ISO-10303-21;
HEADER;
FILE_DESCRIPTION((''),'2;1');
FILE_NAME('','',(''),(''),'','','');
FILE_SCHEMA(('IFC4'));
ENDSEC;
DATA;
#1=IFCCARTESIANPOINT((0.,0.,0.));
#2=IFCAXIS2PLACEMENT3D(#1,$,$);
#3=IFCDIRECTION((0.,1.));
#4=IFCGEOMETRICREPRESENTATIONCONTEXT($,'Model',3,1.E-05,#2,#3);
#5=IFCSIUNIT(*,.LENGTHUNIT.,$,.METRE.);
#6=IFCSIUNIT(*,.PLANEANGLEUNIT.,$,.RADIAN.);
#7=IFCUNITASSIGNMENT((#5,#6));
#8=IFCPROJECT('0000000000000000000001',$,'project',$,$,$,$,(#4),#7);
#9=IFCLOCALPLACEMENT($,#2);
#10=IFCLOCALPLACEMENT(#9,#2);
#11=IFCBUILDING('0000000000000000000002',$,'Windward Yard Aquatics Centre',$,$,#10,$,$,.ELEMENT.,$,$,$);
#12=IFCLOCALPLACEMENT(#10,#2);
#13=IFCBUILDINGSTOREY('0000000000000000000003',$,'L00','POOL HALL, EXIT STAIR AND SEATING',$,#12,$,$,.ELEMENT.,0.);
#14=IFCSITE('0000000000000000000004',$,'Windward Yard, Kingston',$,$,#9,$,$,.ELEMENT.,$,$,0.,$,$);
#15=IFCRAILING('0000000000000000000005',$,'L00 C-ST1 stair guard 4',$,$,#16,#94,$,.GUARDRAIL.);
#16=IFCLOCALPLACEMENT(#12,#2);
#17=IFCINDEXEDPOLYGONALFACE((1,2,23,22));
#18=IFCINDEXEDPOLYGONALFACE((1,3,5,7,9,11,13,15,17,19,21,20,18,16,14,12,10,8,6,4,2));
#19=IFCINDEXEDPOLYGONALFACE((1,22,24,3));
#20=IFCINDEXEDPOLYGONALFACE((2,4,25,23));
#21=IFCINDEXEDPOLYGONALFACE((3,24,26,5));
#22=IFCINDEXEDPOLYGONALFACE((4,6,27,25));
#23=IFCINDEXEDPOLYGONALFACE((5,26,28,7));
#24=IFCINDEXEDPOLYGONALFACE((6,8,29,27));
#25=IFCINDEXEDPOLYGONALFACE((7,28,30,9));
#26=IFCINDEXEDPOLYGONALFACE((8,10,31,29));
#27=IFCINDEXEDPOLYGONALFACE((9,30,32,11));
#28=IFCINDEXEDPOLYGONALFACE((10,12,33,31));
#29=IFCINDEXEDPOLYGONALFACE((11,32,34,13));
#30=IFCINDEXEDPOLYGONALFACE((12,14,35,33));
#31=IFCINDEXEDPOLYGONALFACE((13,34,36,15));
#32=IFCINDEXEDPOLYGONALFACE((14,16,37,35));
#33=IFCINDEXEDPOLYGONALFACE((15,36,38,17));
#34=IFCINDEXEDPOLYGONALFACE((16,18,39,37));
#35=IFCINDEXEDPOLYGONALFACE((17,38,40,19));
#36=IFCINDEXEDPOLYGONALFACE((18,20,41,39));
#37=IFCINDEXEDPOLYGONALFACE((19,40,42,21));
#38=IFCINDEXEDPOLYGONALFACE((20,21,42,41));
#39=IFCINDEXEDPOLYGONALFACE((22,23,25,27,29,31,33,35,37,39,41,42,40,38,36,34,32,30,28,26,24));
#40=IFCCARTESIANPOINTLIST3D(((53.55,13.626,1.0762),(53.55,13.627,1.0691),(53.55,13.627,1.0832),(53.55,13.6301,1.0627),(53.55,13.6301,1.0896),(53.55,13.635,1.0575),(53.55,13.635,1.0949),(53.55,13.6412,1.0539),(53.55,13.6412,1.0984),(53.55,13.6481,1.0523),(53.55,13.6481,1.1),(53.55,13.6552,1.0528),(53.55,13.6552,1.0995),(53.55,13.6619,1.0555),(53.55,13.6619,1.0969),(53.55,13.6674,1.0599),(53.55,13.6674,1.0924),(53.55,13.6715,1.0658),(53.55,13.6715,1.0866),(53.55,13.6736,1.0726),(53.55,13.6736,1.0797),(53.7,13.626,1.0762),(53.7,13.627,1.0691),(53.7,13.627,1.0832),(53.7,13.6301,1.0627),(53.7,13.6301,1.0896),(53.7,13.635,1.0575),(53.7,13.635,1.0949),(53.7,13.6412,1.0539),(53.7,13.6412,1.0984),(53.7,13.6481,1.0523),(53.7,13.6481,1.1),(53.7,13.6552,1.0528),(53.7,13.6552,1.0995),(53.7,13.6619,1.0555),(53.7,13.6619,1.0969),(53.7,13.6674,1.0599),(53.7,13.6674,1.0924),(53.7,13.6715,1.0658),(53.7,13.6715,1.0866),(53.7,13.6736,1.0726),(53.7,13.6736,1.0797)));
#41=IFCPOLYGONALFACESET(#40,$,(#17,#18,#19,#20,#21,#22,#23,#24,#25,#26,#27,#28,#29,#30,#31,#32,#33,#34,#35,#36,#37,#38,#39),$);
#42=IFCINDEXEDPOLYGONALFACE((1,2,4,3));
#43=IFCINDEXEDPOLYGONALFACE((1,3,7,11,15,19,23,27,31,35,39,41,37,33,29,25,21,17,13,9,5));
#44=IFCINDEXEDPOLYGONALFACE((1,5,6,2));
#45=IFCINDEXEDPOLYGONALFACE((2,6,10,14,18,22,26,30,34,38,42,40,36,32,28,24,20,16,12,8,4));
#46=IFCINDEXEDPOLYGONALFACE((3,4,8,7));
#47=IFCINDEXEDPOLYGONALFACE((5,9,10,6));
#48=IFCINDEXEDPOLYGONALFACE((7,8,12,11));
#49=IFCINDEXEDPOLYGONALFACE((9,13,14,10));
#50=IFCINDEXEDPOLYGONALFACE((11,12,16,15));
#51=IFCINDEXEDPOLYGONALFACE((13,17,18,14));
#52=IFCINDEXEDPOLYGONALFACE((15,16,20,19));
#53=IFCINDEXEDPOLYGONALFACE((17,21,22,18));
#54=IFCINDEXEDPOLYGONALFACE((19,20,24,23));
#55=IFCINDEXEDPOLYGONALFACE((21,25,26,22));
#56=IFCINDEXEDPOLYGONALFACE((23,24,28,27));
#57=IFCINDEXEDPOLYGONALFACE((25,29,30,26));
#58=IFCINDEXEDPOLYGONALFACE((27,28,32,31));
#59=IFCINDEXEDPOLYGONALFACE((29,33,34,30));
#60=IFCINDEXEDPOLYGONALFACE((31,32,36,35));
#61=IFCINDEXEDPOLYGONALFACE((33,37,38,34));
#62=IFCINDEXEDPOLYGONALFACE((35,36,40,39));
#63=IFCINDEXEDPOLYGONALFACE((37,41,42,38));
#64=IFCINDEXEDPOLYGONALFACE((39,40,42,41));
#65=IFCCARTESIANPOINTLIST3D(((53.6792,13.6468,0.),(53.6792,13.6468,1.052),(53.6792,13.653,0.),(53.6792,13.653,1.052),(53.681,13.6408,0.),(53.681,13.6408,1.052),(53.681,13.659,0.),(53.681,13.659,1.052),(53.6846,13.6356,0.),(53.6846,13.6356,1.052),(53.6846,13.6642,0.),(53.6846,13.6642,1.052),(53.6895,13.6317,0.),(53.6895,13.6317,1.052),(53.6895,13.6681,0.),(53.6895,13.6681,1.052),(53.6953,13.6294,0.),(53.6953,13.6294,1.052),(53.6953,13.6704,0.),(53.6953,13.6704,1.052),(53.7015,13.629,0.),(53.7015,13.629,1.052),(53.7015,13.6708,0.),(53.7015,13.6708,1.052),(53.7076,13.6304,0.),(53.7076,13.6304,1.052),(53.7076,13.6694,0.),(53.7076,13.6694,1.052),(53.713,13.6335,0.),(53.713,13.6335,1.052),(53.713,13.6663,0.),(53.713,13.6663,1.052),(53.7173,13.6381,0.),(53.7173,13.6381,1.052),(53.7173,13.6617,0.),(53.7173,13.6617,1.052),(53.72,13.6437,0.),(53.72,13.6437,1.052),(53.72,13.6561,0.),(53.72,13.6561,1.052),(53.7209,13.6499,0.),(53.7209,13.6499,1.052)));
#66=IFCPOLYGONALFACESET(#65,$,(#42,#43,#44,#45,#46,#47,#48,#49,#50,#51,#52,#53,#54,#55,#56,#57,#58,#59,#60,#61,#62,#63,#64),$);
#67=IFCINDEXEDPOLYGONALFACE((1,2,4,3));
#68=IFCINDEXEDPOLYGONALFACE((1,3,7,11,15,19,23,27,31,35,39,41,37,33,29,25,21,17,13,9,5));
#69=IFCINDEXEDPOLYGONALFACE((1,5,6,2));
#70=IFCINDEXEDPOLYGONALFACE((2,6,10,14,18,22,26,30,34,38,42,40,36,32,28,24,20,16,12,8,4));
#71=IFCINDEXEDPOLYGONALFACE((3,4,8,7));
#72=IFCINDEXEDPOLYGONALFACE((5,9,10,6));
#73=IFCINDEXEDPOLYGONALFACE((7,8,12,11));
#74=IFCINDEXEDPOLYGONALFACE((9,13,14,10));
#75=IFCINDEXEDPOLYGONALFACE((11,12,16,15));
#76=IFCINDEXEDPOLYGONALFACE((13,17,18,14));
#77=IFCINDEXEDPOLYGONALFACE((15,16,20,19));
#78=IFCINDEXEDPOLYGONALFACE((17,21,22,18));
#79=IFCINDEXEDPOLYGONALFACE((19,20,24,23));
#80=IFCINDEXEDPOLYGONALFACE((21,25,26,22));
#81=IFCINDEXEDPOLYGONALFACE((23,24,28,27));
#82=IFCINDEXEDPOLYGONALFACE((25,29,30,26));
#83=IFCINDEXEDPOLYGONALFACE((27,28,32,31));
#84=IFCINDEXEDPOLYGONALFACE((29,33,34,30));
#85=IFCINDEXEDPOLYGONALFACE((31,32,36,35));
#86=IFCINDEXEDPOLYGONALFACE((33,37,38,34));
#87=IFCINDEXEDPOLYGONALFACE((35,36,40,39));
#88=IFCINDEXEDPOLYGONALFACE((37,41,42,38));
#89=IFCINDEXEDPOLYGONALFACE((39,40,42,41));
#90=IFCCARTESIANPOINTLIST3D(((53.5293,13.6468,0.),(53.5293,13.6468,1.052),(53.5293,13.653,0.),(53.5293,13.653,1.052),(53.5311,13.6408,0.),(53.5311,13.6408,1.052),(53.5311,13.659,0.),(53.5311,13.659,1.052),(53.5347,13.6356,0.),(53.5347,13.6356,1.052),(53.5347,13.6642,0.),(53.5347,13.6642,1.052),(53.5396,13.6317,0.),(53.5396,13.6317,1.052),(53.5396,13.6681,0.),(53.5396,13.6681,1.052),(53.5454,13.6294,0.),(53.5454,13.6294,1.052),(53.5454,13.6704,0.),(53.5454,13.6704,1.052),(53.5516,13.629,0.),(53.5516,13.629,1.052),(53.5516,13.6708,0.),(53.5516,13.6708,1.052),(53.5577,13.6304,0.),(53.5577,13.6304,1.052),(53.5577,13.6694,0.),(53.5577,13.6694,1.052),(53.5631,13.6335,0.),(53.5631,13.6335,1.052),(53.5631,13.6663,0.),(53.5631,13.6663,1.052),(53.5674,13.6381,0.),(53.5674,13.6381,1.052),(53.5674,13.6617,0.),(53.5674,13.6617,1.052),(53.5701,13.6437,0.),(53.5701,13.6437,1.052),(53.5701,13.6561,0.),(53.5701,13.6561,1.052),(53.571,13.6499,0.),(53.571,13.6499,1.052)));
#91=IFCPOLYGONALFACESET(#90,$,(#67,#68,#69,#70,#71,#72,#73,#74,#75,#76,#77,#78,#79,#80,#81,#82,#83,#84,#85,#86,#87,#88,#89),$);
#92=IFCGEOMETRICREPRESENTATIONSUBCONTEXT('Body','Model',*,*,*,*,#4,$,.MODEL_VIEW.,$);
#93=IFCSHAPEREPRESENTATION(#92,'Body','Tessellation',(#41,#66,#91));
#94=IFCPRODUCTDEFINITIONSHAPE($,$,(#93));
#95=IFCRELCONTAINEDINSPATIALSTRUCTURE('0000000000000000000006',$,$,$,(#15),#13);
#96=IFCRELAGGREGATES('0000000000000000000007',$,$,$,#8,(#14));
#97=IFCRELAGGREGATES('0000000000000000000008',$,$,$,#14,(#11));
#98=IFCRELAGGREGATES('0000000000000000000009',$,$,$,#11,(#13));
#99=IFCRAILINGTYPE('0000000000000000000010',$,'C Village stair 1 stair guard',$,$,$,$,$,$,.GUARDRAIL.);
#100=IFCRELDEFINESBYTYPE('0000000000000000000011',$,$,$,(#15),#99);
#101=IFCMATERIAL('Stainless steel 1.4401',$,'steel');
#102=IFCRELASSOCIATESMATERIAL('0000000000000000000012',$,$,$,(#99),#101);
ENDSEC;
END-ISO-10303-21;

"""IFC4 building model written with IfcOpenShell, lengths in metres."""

from ifc_helpers import new_model, si_unit, direction, frame, origin, origin_2d, place, context, subcontext, project, spatial, circle, extrude, material, type_object, element, save


model = new_model("IFC4")

# Units and contexts
model_context = context("Model", 3, precision=1e-05, world=origin(), true_north=direction((0.0, 1.0)))
body_context = subcontext(model_context, "Body", "Model", "MODEL_VIEW")
ifc_project = project(units=[si_unit("LENGTHUNIT", "METRE"), si_unit("PLANEANGLEUNIT", "RADIAN")], contexts=[model_context])

# Site, building, storey
site_placement = place(None, origin())
site = spatial("IfcSite", under=ifc_project, at=site_placement, Name="Windward Yard, Kingston", CompositionType="ELEMENT", RefElevation=0.0)
building_placement = place(site_placement, origin())
building = spatial("IfcBuilding", under=site, at=building_placement, Name="Windward Yard Aquatics Centre", CompositionType="ELEMENT")
storey_placement = place(building_placement, origin())
storey = spatial("IfcBuildingStorey", under=building, at=storey_placement, Name="L00", Description="POOL HALL, EXIT STAIR AND SEATING", CompositionType="ELEMENT", Elevation=0.0)

# Railing
ifc_material_1 = material(Name="Stainless steel 1.4401", Category="steel")
railing_type_1 = type_object("IfcRailingType", Name="C Village stair 1 stair guard", PredefinedType="GUARDRAIL", material=ifc_material_1)
railing_1_placement = place(storey_placement, frame((53.7, 13.6499, 0.0)))
element("IfcRailing", 1, at=railing_1_placement, inside=storey, type_object=railing_type_1, Name="L00 C-ST1 stair guard 4", PredefinedType="GUARDRAIL", context=body_context, shape_type="SweptSolid", body=[
    extrude(circle(Radius=0.0239, at=origin_2d()), frame((0.0, 0.0, 1.0762), z_axis=(-1.0, 0.0, 0.0), x_axis=(0.0, -1.0, 0.0)), (0.0, 0.0, 1.0), 0.1499),
    extrude(circle(Radius=0.021, at=origin_2d()), origin(), (0.0, 0.0, 1.0), 1.052),
    extrude(circle(Radius=0.021, at=origin_2d()), frame((-0.1499, 0.0, 0.0)), (0.0, 0.0, 1.0), 1.052),
])

save(model, "model.ifc")
